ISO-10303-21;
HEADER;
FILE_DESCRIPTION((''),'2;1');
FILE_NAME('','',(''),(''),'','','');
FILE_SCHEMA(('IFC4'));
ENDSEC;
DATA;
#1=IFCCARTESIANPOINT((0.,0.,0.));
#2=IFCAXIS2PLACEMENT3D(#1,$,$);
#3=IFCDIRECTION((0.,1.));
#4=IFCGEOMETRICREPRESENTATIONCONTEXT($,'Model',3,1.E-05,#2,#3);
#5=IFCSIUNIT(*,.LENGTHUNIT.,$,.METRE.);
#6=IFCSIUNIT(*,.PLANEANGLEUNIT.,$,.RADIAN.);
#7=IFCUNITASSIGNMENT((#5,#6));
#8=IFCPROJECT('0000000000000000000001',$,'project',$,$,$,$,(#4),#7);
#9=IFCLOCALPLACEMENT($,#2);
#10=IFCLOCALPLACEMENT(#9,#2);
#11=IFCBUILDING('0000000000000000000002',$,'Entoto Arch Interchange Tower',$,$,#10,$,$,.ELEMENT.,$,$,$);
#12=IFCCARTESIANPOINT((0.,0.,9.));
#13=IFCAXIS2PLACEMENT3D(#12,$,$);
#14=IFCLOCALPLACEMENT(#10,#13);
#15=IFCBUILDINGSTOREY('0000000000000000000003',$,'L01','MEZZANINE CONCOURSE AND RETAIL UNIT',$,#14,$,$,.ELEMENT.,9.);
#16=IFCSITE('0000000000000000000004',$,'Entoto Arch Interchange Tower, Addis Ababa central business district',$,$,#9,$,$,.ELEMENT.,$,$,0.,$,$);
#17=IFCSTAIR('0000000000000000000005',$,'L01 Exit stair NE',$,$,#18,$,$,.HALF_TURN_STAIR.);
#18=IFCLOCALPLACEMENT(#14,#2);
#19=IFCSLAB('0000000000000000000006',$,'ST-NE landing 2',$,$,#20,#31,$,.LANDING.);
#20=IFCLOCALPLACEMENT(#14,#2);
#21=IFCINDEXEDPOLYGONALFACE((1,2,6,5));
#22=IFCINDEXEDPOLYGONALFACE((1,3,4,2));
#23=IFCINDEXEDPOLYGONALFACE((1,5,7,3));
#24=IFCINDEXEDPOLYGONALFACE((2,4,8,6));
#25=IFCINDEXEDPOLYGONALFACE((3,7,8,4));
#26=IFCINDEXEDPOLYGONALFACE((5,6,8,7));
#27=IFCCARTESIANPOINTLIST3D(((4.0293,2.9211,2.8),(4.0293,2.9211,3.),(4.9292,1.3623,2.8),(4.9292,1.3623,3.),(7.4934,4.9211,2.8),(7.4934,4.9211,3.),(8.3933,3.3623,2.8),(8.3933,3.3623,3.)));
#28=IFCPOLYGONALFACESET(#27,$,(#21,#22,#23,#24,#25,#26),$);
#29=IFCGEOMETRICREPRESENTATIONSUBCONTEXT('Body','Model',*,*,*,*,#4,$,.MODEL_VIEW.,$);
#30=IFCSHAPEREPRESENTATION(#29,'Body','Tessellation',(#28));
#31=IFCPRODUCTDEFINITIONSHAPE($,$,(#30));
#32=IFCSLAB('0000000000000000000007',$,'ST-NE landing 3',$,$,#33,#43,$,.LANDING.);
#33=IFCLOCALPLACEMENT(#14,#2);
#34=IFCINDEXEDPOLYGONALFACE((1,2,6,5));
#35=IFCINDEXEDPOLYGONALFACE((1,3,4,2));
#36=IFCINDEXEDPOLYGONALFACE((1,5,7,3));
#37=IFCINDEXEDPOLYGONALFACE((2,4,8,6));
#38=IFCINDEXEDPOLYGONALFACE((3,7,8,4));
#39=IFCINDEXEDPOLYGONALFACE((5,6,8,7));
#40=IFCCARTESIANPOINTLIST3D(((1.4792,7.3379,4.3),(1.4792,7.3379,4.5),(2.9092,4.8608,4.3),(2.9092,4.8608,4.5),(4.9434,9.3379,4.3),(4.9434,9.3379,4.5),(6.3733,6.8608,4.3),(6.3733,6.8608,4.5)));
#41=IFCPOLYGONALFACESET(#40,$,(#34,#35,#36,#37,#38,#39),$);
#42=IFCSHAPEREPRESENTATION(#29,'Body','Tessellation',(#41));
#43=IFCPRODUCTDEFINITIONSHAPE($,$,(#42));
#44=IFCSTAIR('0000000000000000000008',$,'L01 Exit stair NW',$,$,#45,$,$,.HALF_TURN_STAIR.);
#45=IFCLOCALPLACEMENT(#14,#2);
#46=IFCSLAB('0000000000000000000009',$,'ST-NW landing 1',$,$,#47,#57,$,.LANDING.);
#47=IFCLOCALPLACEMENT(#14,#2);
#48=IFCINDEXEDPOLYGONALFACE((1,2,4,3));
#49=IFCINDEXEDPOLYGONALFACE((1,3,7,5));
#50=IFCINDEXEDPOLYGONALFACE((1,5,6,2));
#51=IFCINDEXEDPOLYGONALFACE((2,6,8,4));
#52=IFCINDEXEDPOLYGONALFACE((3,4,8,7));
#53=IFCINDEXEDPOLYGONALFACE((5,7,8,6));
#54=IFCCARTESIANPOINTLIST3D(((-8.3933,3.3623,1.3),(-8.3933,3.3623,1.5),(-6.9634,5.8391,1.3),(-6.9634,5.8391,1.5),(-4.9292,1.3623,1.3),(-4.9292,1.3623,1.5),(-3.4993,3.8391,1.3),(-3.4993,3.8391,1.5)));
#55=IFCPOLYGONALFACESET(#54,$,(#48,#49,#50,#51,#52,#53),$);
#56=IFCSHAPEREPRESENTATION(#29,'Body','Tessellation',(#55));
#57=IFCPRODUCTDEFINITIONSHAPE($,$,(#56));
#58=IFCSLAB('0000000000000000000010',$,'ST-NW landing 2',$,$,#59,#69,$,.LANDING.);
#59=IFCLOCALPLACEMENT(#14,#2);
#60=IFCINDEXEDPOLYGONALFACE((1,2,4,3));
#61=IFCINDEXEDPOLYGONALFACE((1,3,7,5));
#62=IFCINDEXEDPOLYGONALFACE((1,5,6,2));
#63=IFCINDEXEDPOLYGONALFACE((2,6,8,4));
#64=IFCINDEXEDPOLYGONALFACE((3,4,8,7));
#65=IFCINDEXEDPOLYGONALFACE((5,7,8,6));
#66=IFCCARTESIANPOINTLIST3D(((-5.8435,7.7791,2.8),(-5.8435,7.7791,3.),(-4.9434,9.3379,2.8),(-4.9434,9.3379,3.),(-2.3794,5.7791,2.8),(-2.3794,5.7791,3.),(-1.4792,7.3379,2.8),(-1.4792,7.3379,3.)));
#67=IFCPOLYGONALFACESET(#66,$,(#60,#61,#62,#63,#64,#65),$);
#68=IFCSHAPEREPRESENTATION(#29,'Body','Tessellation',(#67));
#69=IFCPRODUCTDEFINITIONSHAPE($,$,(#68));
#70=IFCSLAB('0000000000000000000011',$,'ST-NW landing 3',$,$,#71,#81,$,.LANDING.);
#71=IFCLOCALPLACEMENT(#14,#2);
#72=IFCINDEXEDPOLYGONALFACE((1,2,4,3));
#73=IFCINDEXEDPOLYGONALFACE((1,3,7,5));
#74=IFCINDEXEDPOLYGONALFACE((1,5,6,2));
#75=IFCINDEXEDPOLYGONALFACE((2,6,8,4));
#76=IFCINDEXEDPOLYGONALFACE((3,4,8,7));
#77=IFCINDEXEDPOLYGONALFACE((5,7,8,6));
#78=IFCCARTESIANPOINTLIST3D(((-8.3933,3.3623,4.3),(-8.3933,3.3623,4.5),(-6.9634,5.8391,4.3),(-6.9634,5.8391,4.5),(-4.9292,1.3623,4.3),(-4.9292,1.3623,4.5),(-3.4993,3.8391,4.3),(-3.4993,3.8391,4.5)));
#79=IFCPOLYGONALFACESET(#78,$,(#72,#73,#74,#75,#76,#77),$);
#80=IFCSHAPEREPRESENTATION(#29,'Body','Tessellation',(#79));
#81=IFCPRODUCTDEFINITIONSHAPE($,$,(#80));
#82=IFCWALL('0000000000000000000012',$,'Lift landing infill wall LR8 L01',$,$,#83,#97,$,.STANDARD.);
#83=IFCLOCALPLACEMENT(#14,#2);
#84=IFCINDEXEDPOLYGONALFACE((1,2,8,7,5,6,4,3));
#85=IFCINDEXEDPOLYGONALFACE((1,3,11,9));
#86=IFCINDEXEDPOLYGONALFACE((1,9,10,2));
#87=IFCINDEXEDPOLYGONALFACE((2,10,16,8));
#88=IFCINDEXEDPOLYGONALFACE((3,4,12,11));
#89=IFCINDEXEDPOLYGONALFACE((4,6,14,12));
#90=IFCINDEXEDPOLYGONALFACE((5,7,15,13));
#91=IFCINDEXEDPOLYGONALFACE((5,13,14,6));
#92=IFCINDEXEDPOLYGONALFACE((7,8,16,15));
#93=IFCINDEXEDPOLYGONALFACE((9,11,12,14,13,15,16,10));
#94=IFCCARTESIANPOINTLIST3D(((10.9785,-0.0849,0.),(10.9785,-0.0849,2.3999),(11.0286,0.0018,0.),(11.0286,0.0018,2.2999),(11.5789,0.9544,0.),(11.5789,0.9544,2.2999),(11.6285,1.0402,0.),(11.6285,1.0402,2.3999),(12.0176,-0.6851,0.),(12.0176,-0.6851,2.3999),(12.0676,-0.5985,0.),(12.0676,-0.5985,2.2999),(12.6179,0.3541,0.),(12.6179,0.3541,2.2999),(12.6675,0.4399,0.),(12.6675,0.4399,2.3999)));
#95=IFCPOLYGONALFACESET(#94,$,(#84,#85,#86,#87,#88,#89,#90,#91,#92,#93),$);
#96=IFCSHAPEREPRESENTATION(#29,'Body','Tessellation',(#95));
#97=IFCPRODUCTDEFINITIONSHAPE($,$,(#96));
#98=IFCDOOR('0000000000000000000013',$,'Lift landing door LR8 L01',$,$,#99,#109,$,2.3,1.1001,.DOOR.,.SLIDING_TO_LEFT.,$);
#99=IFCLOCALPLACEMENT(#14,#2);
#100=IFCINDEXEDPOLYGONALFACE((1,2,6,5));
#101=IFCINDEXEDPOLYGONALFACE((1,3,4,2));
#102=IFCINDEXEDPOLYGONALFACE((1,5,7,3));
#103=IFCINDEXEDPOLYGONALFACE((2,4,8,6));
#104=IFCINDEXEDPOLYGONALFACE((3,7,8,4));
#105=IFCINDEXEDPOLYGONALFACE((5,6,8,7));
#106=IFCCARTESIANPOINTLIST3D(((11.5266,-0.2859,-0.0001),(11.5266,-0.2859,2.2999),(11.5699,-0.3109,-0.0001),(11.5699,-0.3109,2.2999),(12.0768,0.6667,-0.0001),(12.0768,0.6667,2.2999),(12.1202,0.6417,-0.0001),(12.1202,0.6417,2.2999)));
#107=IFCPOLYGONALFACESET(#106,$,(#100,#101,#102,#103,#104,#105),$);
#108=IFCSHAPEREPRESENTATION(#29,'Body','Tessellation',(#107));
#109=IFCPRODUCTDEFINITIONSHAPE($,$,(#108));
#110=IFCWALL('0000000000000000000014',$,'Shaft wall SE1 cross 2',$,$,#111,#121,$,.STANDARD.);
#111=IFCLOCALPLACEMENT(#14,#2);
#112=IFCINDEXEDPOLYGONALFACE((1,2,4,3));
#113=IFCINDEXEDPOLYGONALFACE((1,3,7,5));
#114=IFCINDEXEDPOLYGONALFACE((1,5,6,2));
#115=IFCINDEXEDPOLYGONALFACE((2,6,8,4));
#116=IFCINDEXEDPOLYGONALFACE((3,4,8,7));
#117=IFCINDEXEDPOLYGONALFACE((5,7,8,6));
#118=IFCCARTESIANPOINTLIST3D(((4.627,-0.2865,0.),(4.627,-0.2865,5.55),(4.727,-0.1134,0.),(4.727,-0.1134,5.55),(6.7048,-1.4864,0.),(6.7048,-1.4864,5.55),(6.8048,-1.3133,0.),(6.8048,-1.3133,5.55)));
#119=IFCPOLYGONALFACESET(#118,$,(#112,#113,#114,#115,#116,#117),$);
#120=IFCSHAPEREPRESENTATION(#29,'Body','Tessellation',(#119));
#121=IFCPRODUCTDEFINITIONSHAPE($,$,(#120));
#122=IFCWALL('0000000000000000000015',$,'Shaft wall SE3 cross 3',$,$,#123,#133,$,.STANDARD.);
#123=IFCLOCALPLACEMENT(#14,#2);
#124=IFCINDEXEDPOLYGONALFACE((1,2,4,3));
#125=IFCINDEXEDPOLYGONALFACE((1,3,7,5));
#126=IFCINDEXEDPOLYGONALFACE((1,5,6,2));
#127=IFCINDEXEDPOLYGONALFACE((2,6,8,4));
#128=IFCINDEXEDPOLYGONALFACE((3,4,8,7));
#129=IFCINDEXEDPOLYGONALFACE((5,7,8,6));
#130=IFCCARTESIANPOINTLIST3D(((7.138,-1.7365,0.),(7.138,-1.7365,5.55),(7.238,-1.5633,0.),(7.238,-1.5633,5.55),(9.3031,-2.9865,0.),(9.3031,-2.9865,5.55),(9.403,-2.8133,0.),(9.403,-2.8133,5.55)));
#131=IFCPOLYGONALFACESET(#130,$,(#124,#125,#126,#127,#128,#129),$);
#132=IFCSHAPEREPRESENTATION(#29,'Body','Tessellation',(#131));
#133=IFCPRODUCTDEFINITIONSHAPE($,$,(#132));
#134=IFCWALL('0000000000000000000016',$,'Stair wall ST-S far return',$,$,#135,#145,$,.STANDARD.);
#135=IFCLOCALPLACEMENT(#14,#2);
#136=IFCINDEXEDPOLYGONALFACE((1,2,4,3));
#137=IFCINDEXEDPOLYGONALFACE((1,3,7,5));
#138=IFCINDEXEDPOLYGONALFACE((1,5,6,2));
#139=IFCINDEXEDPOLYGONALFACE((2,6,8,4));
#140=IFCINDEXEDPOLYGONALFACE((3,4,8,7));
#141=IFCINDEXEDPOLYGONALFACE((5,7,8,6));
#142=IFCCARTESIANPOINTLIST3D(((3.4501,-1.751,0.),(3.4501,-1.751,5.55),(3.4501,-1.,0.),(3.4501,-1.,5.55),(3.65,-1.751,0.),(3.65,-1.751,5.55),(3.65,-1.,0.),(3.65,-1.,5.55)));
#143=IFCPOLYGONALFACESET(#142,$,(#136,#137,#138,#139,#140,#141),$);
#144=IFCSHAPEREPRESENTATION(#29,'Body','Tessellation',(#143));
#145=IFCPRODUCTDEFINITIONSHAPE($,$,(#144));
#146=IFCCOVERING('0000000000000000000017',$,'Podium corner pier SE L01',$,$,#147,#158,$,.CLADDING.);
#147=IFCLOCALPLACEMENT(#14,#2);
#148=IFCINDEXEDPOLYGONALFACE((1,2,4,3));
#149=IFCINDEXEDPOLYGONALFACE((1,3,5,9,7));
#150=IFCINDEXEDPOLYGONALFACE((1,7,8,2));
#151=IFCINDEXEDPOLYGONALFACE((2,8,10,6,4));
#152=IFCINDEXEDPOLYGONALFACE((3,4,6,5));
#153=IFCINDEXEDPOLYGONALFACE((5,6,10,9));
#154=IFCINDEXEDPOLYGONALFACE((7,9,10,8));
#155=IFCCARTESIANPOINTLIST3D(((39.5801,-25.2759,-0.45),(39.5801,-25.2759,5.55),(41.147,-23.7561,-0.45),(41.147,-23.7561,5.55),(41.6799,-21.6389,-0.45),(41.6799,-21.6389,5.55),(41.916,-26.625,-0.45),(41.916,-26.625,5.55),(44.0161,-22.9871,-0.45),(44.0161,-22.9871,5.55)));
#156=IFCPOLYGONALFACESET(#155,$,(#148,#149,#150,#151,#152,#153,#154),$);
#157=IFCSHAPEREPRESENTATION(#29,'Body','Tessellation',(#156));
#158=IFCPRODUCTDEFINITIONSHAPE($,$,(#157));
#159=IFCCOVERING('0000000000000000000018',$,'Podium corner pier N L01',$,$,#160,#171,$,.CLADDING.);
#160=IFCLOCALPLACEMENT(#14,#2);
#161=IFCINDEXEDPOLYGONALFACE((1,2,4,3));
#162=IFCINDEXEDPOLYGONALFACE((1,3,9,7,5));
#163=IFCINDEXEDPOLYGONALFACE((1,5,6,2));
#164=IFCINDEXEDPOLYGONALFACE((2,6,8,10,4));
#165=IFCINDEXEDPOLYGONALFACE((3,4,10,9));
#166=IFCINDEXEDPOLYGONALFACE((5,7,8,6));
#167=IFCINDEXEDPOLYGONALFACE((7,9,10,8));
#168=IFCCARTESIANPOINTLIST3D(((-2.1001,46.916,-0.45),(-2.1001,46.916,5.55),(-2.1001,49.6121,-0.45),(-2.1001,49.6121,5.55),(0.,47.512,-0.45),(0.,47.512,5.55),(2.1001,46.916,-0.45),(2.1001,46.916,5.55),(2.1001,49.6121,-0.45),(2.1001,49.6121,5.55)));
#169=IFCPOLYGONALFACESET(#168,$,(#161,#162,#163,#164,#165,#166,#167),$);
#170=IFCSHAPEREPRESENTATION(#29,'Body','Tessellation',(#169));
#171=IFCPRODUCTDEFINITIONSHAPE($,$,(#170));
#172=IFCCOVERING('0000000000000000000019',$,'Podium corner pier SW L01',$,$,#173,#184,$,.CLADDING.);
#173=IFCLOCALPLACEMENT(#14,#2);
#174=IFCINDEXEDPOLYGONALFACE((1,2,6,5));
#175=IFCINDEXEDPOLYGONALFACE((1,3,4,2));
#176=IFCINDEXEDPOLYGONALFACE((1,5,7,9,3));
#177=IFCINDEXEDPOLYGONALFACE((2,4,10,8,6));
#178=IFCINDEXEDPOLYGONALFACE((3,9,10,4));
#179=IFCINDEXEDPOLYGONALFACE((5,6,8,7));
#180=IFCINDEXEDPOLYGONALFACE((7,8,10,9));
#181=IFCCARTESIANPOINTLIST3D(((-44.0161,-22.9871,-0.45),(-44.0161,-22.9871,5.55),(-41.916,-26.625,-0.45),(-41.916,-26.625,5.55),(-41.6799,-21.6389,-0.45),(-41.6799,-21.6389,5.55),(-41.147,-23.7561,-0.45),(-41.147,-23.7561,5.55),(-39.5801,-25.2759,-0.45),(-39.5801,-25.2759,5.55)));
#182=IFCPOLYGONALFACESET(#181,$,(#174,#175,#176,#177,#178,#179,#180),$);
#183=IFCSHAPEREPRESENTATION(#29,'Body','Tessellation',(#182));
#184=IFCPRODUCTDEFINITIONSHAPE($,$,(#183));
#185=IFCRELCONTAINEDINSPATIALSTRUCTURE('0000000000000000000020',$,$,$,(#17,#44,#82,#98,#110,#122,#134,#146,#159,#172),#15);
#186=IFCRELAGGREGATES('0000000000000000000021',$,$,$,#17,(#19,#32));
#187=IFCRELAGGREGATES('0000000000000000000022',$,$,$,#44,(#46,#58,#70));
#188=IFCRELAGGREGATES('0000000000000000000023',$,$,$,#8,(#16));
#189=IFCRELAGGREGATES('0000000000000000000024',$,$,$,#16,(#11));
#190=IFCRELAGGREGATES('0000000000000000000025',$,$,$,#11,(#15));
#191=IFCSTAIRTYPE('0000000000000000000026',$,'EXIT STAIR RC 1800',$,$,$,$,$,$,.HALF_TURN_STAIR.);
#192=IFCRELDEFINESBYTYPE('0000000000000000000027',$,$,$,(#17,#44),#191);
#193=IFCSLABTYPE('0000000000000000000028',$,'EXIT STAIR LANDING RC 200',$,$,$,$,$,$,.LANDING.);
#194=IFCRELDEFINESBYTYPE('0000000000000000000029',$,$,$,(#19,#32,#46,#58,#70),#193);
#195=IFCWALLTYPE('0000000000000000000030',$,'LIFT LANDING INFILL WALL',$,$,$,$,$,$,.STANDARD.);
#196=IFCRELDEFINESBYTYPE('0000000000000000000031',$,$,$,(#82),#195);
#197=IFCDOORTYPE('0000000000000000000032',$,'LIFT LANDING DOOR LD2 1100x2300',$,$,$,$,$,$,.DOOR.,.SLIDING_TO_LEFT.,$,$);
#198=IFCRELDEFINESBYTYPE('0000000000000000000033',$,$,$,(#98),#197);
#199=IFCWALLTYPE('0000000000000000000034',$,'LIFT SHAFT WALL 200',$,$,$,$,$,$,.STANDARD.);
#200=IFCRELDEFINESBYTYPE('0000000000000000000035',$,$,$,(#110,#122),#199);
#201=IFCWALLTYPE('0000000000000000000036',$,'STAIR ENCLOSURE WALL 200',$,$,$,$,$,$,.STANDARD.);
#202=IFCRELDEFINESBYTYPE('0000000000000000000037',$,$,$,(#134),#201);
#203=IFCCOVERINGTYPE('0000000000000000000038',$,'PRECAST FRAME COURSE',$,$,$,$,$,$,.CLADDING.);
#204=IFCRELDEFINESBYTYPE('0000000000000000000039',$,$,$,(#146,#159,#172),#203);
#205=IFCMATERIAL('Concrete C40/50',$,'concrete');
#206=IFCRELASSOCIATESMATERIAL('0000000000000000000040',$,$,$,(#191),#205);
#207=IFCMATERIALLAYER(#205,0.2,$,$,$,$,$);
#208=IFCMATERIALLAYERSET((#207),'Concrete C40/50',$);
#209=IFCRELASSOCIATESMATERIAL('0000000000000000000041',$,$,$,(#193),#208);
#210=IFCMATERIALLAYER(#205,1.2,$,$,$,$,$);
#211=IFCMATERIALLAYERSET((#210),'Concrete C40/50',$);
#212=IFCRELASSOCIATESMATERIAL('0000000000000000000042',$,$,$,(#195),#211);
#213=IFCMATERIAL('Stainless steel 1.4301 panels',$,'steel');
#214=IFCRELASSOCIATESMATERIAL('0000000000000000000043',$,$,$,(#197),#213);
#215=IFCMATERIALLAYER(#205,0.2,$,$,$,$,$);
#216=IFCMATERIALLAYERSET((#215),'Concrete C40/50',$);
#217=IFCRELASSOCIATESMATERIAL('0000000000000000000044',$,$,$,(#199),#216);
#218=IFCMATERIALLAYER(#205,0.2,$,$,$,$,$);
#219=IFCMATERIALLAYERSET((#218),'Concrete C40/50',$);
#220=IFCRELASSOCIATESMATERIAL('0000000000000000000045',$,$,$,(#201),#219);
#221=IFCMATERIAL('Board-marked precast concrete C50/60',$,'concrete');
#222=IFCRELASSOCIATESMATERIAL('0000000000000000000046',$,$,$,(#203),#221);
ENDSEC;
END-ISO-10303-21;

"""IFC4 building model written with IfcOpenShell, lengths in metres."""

from ifc_helpers import new_model, si_unit, direction, frame, frame_2d, origin, place, context, subcontext, project, spatial, polyline, rectangle, outline, extrude, material, layer, layer_set, type_object, element, fill, aggregate, save


model = new_model("IFC4")

# Units and contexts
model_context = context("Model", 3, precision=1e-05, world=origin(), true_north=direction((0.0, 1.0)))
body_context = subcontext(model_context, "Body", "Model", "MODEL_VIEW")
ifc_project = project(units=[si_unit("LENGTHUNIT", "METRE"), si_unit("PLANEANGLEUNIT", "RADIAN")], contexts=[model_context])

# Site, building, storey
site_placement = place(None, origin())
site = spatial("IfcSite", under=ifc_project, at=site_placement, Name="Entoto Arch Interchange Tower, Addis Ababa central business district", CompositionType="ELEMENT", RefElevation=0.0)
building_placement = place(site_placement, origin())
building = spatial("IfcBuilding", under=site, at=building_placement, Name="Entoto Arch Interchange Tower", CompositionType="ELEMENT")
storey_placement = place(building_placement, frame((0.0, 0.0, 9.0)))
storey = spatial("IfcBuildingStorey", under=building, at=storey_placement, Name="L01", Description="MEZZANINE CONCOURSE AND RETAIL UNIT", CompositionType="ELEMENT", Elevation=9.0)

# Shared definitions
ifc_material_1 = material(Name="Concrete C40/50", Category="concrete")

# Stairs, slabs
stair_type = type_object("IfcStairType", Name="EXIT STAIR RC 1800", PredefinedType="HALF_TURN_STAIR", material=ifc_material_1)
ifc_layer_1 = layer(ifc_material_1, 0.2)
ifc_layer_set_1 = layer_set([ifc_layer_1], Name="Concrete C40/50")
slab_type_1 = type_object("IfcSlabType", Name="EXIT STAIR LANDING RC 200", PredefinedType="LANDING", material=ifc_layer_set_1)
stair_1_placement = place(storey_placement, origin())
stair_1 = element("IfcStair", 1, at=stair_1_placement, inside=storey, type_object=stair_type, Name="L01 Exit stair NE", PredefinedType="HALF_TURN_STAIR")
slab_1_placement = place(storey_placement, frame((0.0, 0.0, 2.8)))
slab_1 = element("IfcSlab", 2, at=slab_1_placement, type_object=slab_type_1, Name="ST-NE landing 2", PredefinedType="LANDING", context=body_context, shape_type="SweptSolid", body=[
    extrude(outline(polyline([(8.3933, 3.3623), (7.4934, 4.9211), (4.0293, 2.9211), (4.9292, 1.3623), (8.3933, 3.3623)])), origin(), (0.0, 0.0, 1.0), 0.2),
])
slab_2_placement = place(storey_placement, frame((0.0, 0.0, 4.3)))
slab_2 = element("IfcSlab", 3, at=slab_2_placement, type_object=slab_type_1, Name="ST-NE landing 3", PredefinedType="LANDING", context=body_context, shape_type="SweptSolid", body=[
    extrude(outline(polyline([(6.3733, 6.8608), (4.9434, 9.3379), (1.4792, 7.3379), (2.9092, 4.8608), (6.3733, 6.8608)])), origin(), (0.0, 0.0, 1.0), 0.2),
])
aggregate(stair_1, [slab_1, slab_2])
stair_2_placement = place(storey_placement, origin())
stair_2 = element("IfcStair", 4, at=stair_2_placement, inside=storey, type_object=stair_type, Name="L01 Exit stair NW", PredefinedType="HALF_TURN_STAIR")
slab_3_placement = place(storey_placement, frame((0.0, 0.0, 1.3)))
slab_3 = element("IfcSlab", 5, at=slab_3_placement, type_object=slab_type_1, Name="ST-NW landing 1", PredefinedType="LANDING", context=body_context, shape_type="SweptSolid", body=[
    extrude(outline(polyline([(-6.9634, 5.8391), (-8.3933, 3.3623), (-4.9292, 1.3623), (-3.4993, 3.8391), (-6.9634, 5.8391)])), origin(), (0.0, 0.0, 1.0), 0.2),
])
slab_4_placement = place(storey_placement, frame((0.0, 0.0, 2.8)))
slab_4 = element("IfcSlab", 6, at=slab_4_placement, type_object=slab_type_1, Name="ST-NW landing 2", PredefinedType="LANDING", context=body_context, shape_type="SweptSolid", body=[
    extrude(outline(polyline([(-4.9434, 9.3379), (-5.8435, 7.7791), (-2.3794, 5.7791), (-1.4792, 7.3379), (-4.9434, 9.3379)])), origin(), (0.0, 0.0, 1.0), 0.2),
])
slab_5_placement = place(storey_placement, frame((0.0, 0.0, 4.3)))
slab_5 = element("IfcSlab", 7, at=slab_5_placement, type_object=slab_type_1, Name="ST-NW landing 3", PredefinedType="LANDING", context=body_context, shape_type="SweptSolid", body=[
    extrude(outline(polyline([(-6.9634, 5.8391), (-8.3933, 3.3623), (-4.9292, 1.3623), (-3.4993, 3.8391), (-6.9634, 5.8391)])), origin(), (0.0, 0.0, 1.0), 0.2),
])
aggregate(stair_2, [slab_3, slab_4, slab_5])

# Wall, opening, door
ifc_layer_2 = layer(ifc_material_1, 1.2)
ifc_layer_set_2 = layer_set([ifc_layer_2], Name="Concrete C40/50")
wall_type_1 = type_object("IfcWallType", Name="LIFT LANDING INFILL WALL", PredefinedType="STANDARD", material=ifc_layer_set_2)
wall_1_placement = place(storey_placement, frame((11.498, -0.385, 0.0), z_axis=(0.0, 0.0, 1.0), x_axis=(0.500221, 0.865898, 0.0)))
wall_1 = element("IfcWall", 8, at=wall_1_placement, inside=storey, type_object=wall_type_1, Name="Lift landing infill wall LR8 L01", PredefinedType="STANDARD", context=body_context, shape_type="SweptSolid", body=[
    extrude(rectangle(XDim=1.2993, YDim=1.2, at=frame_2d((0.6497, 0.0))), origin(), (0.0, 0.0, 1.0), 2.3999),
])
opening_placement = place(wall_1_placement, frame((0.1001, 0.0, 0.0)))
opening = element("IfcOpeningElement", 9, at=opening_placement, cuts=wall_1, PredefinedType="OPENING", context=body_context, shape_type="SweptSolid", body=[
    extrude(rectangle(XDim=1.1001, YDim=2.3, at=frame_2d((0.55, 1.1499))), frame((0.0, 0.6099, 0.0), z_axis=(0.0, -1.0, 0.0), x_axis=(1.0, 0.0, 0.0)), (0.0, 0.0, 1.0), 1.22),
])
ifc_material_2 = material(Name="Stainless steel 1.4301 panels", Category="steel")
door_type = type_object("IfcDoorType", Name="LIFT LANDING DOOR LD2 1100x2300", OperationType="SLIDING_TO_LEFT", PredefinedType="DOOR", material=ifc_material_2)
door_placement = place(opening_placement, origin())
door = element("IfcDoor", 10, at=door_placement, inside=storey, type_object=door_type, Name="Lift landing door LR8 L01", OperationType="SLIDING_TO_LEFT", OverallHeight=2.3, OverallWidth=1.1001, PredefinedType="DOOR", context=body_context, shape_type="SweptSolid", body=[
    extrude(rectangle(XDim=1.1001, YDim=2.3, at=frame_2d((0.55, 1.1499))), frame((0.0, 0.0249, 0.0), z_axis=(0.0, -1.0, 0.0), x_axis=(1.0, 0.0, 0.0)), (0.0, 0.0, 1.0), 0.05),
])
fill(opening, door)

# Walls
ifc_layer_3 = layer(ifc_material_1, 0.2)
ifc_layer_set_3 = layer_set([ifc_layer_3], Name="Concrete C40/50")
wall_type_2 = type_object("IfcWallType", Name="LIFT SHAFT WALL 200", PredefinedType="STANDARD", material=ifc_layer_set_3)
wall_2_placement = place(storey_placement, frame((4.677, -0.2, 0.0), z_axis=(0.0, 0.0, 1.0), x_axis=(0.865974, -0.500089, 0.0)))
element("IfcWall", 11, at=wall_2_placement, inside=storey, type_object=wall_type_2, Name="Shaft wall SE1 cross 2", PredefinedType="STANDARD", context=body_context, shape_type="SweptSolid", body=[
    extrude(rectangle(XDim=2.3994, YDim=0.2, at=frame_2d((1.1997, 0.0))), origin(), (0.0, 0.0, 1.0), 5.55),
])
wall_3_placement = place(storey_placement, frame((7.188, -1.6499, 0.0), z_axis=(0.0, 0.0, 1.0), x_axis=(0.866023, -0.500004, 0.0)))
element("IfcWall", 12, at=wall_3_placement, inside=storey, type_object=wall_type_2, Name="Shaft wall SE3 cross 3", PredefinedType="STANDARD", context=body_context, shape_type="SweptSolid", body=[
    extrude(rectangle(XDim=2.5, YDim=0.2, at=frame_2d((1.25, 0.0))), origin(), (0.0, 0.0, 1.0), 5.55),
])
ifc_layer_4 = layer(ifc_material_1, 0.2)
ifc_layer_set_4 = layer_set([ifc_layer_4], Name="Concrete C40/50")
wall_type_3 = type_object("IfcWallType", Name="STAIR ENCLOSURE WALL 200", PredefinedType="STANDARD", material=ifc_layer_set_4)
wall_4_placement = place(storey_placement, frame((3.55, -1.0, 0.0), z_axis=(0.0, 0.0, 1.0), x_axis=(0.0, -1.0, 0.0)))
element("IfcWall", 13, at=wall_4_placement, inside=storey, type_object=wall_type_3, Name="Stair wall ST-S far return", PredefinedType="STANDARD", context=body_context, shape_type="SweptSolid", body=[
    extrude(rectangle(XDim=0.751, YDim=0.2, at=frame_2d((0.3755, 0.0))), origin(), (0.0, 0.0, 1.0), 5.55),
])

# Coverings
ifc_material_3 = material(Name="Board-marked precast concrete C50/60", Category="concrete")
covering_type = type_object("IfcCoveringType", Name="PRECAST FRAME COURSE", PredefinedType="CLADDING", material=ifc_material_3)
covering_1_placement = place(storey_placement, frame((0.0, 0.0, -0.45)))
element("IfcCovering", 14, at=covering_1_placement, inside=storey, type_object=covering_type, Name="Podium corner pier SE L01", PredefinedType="CLADDING", context=body_context, shape_type="SweptSolid", body=[
    extrude(outline(polyline([(41.916, -26.625), (39.5801, -25.2759), (41.147, -23.7561), (41.6799, -21.6389), (44.0161, -22.9871), (41.916, -26.625)])), origin(), (0.0, 0.0, 1.0), 6.0),
])
covering_2_placement = place(storey_placement, frame((0.0, 0.0, -0.45)))
element("IfcCovering", 15, at=covering_2_placement, inside=storey, type_object=covering_type, Name="Podium corner pier N L01", PredefinedType="CLADDING", context=body_context, shape_type="SweptSolid", body=[
    extrude(outline(polyline([(2.1001, 49.6121), (2.1001, 46.916), (0.0, 47.512), (-2.1001, 46.916), (-2.1001, 49.6121), (2.1001, 49.6121)])), origin(), (0.0, 0.0, 1.0), 6.0),
])
covering_3_placement = place(storey_placement, frame((0.0, 0.0, -0.45)))
element("IfcCovering", 16, at=covering_3_placement, inside=storey, type_object=covering_type, Name="Podium corner pier SW L01", PredefinedType="CLADDING", context=body_context, shape_type="SweptSolid", body=[
    extrude(outline(polyline([(-44.0161, -22.9871), (-41.6799, -21.6389), (-41.147, -23.7561), (-39.5801, -25.2759), (-41.916, -26.625), (-44.0161, -22.9871)])), origin(), (0.0, 0.0, 1.0), 6.0),
])

save(model, "model.ifc")
